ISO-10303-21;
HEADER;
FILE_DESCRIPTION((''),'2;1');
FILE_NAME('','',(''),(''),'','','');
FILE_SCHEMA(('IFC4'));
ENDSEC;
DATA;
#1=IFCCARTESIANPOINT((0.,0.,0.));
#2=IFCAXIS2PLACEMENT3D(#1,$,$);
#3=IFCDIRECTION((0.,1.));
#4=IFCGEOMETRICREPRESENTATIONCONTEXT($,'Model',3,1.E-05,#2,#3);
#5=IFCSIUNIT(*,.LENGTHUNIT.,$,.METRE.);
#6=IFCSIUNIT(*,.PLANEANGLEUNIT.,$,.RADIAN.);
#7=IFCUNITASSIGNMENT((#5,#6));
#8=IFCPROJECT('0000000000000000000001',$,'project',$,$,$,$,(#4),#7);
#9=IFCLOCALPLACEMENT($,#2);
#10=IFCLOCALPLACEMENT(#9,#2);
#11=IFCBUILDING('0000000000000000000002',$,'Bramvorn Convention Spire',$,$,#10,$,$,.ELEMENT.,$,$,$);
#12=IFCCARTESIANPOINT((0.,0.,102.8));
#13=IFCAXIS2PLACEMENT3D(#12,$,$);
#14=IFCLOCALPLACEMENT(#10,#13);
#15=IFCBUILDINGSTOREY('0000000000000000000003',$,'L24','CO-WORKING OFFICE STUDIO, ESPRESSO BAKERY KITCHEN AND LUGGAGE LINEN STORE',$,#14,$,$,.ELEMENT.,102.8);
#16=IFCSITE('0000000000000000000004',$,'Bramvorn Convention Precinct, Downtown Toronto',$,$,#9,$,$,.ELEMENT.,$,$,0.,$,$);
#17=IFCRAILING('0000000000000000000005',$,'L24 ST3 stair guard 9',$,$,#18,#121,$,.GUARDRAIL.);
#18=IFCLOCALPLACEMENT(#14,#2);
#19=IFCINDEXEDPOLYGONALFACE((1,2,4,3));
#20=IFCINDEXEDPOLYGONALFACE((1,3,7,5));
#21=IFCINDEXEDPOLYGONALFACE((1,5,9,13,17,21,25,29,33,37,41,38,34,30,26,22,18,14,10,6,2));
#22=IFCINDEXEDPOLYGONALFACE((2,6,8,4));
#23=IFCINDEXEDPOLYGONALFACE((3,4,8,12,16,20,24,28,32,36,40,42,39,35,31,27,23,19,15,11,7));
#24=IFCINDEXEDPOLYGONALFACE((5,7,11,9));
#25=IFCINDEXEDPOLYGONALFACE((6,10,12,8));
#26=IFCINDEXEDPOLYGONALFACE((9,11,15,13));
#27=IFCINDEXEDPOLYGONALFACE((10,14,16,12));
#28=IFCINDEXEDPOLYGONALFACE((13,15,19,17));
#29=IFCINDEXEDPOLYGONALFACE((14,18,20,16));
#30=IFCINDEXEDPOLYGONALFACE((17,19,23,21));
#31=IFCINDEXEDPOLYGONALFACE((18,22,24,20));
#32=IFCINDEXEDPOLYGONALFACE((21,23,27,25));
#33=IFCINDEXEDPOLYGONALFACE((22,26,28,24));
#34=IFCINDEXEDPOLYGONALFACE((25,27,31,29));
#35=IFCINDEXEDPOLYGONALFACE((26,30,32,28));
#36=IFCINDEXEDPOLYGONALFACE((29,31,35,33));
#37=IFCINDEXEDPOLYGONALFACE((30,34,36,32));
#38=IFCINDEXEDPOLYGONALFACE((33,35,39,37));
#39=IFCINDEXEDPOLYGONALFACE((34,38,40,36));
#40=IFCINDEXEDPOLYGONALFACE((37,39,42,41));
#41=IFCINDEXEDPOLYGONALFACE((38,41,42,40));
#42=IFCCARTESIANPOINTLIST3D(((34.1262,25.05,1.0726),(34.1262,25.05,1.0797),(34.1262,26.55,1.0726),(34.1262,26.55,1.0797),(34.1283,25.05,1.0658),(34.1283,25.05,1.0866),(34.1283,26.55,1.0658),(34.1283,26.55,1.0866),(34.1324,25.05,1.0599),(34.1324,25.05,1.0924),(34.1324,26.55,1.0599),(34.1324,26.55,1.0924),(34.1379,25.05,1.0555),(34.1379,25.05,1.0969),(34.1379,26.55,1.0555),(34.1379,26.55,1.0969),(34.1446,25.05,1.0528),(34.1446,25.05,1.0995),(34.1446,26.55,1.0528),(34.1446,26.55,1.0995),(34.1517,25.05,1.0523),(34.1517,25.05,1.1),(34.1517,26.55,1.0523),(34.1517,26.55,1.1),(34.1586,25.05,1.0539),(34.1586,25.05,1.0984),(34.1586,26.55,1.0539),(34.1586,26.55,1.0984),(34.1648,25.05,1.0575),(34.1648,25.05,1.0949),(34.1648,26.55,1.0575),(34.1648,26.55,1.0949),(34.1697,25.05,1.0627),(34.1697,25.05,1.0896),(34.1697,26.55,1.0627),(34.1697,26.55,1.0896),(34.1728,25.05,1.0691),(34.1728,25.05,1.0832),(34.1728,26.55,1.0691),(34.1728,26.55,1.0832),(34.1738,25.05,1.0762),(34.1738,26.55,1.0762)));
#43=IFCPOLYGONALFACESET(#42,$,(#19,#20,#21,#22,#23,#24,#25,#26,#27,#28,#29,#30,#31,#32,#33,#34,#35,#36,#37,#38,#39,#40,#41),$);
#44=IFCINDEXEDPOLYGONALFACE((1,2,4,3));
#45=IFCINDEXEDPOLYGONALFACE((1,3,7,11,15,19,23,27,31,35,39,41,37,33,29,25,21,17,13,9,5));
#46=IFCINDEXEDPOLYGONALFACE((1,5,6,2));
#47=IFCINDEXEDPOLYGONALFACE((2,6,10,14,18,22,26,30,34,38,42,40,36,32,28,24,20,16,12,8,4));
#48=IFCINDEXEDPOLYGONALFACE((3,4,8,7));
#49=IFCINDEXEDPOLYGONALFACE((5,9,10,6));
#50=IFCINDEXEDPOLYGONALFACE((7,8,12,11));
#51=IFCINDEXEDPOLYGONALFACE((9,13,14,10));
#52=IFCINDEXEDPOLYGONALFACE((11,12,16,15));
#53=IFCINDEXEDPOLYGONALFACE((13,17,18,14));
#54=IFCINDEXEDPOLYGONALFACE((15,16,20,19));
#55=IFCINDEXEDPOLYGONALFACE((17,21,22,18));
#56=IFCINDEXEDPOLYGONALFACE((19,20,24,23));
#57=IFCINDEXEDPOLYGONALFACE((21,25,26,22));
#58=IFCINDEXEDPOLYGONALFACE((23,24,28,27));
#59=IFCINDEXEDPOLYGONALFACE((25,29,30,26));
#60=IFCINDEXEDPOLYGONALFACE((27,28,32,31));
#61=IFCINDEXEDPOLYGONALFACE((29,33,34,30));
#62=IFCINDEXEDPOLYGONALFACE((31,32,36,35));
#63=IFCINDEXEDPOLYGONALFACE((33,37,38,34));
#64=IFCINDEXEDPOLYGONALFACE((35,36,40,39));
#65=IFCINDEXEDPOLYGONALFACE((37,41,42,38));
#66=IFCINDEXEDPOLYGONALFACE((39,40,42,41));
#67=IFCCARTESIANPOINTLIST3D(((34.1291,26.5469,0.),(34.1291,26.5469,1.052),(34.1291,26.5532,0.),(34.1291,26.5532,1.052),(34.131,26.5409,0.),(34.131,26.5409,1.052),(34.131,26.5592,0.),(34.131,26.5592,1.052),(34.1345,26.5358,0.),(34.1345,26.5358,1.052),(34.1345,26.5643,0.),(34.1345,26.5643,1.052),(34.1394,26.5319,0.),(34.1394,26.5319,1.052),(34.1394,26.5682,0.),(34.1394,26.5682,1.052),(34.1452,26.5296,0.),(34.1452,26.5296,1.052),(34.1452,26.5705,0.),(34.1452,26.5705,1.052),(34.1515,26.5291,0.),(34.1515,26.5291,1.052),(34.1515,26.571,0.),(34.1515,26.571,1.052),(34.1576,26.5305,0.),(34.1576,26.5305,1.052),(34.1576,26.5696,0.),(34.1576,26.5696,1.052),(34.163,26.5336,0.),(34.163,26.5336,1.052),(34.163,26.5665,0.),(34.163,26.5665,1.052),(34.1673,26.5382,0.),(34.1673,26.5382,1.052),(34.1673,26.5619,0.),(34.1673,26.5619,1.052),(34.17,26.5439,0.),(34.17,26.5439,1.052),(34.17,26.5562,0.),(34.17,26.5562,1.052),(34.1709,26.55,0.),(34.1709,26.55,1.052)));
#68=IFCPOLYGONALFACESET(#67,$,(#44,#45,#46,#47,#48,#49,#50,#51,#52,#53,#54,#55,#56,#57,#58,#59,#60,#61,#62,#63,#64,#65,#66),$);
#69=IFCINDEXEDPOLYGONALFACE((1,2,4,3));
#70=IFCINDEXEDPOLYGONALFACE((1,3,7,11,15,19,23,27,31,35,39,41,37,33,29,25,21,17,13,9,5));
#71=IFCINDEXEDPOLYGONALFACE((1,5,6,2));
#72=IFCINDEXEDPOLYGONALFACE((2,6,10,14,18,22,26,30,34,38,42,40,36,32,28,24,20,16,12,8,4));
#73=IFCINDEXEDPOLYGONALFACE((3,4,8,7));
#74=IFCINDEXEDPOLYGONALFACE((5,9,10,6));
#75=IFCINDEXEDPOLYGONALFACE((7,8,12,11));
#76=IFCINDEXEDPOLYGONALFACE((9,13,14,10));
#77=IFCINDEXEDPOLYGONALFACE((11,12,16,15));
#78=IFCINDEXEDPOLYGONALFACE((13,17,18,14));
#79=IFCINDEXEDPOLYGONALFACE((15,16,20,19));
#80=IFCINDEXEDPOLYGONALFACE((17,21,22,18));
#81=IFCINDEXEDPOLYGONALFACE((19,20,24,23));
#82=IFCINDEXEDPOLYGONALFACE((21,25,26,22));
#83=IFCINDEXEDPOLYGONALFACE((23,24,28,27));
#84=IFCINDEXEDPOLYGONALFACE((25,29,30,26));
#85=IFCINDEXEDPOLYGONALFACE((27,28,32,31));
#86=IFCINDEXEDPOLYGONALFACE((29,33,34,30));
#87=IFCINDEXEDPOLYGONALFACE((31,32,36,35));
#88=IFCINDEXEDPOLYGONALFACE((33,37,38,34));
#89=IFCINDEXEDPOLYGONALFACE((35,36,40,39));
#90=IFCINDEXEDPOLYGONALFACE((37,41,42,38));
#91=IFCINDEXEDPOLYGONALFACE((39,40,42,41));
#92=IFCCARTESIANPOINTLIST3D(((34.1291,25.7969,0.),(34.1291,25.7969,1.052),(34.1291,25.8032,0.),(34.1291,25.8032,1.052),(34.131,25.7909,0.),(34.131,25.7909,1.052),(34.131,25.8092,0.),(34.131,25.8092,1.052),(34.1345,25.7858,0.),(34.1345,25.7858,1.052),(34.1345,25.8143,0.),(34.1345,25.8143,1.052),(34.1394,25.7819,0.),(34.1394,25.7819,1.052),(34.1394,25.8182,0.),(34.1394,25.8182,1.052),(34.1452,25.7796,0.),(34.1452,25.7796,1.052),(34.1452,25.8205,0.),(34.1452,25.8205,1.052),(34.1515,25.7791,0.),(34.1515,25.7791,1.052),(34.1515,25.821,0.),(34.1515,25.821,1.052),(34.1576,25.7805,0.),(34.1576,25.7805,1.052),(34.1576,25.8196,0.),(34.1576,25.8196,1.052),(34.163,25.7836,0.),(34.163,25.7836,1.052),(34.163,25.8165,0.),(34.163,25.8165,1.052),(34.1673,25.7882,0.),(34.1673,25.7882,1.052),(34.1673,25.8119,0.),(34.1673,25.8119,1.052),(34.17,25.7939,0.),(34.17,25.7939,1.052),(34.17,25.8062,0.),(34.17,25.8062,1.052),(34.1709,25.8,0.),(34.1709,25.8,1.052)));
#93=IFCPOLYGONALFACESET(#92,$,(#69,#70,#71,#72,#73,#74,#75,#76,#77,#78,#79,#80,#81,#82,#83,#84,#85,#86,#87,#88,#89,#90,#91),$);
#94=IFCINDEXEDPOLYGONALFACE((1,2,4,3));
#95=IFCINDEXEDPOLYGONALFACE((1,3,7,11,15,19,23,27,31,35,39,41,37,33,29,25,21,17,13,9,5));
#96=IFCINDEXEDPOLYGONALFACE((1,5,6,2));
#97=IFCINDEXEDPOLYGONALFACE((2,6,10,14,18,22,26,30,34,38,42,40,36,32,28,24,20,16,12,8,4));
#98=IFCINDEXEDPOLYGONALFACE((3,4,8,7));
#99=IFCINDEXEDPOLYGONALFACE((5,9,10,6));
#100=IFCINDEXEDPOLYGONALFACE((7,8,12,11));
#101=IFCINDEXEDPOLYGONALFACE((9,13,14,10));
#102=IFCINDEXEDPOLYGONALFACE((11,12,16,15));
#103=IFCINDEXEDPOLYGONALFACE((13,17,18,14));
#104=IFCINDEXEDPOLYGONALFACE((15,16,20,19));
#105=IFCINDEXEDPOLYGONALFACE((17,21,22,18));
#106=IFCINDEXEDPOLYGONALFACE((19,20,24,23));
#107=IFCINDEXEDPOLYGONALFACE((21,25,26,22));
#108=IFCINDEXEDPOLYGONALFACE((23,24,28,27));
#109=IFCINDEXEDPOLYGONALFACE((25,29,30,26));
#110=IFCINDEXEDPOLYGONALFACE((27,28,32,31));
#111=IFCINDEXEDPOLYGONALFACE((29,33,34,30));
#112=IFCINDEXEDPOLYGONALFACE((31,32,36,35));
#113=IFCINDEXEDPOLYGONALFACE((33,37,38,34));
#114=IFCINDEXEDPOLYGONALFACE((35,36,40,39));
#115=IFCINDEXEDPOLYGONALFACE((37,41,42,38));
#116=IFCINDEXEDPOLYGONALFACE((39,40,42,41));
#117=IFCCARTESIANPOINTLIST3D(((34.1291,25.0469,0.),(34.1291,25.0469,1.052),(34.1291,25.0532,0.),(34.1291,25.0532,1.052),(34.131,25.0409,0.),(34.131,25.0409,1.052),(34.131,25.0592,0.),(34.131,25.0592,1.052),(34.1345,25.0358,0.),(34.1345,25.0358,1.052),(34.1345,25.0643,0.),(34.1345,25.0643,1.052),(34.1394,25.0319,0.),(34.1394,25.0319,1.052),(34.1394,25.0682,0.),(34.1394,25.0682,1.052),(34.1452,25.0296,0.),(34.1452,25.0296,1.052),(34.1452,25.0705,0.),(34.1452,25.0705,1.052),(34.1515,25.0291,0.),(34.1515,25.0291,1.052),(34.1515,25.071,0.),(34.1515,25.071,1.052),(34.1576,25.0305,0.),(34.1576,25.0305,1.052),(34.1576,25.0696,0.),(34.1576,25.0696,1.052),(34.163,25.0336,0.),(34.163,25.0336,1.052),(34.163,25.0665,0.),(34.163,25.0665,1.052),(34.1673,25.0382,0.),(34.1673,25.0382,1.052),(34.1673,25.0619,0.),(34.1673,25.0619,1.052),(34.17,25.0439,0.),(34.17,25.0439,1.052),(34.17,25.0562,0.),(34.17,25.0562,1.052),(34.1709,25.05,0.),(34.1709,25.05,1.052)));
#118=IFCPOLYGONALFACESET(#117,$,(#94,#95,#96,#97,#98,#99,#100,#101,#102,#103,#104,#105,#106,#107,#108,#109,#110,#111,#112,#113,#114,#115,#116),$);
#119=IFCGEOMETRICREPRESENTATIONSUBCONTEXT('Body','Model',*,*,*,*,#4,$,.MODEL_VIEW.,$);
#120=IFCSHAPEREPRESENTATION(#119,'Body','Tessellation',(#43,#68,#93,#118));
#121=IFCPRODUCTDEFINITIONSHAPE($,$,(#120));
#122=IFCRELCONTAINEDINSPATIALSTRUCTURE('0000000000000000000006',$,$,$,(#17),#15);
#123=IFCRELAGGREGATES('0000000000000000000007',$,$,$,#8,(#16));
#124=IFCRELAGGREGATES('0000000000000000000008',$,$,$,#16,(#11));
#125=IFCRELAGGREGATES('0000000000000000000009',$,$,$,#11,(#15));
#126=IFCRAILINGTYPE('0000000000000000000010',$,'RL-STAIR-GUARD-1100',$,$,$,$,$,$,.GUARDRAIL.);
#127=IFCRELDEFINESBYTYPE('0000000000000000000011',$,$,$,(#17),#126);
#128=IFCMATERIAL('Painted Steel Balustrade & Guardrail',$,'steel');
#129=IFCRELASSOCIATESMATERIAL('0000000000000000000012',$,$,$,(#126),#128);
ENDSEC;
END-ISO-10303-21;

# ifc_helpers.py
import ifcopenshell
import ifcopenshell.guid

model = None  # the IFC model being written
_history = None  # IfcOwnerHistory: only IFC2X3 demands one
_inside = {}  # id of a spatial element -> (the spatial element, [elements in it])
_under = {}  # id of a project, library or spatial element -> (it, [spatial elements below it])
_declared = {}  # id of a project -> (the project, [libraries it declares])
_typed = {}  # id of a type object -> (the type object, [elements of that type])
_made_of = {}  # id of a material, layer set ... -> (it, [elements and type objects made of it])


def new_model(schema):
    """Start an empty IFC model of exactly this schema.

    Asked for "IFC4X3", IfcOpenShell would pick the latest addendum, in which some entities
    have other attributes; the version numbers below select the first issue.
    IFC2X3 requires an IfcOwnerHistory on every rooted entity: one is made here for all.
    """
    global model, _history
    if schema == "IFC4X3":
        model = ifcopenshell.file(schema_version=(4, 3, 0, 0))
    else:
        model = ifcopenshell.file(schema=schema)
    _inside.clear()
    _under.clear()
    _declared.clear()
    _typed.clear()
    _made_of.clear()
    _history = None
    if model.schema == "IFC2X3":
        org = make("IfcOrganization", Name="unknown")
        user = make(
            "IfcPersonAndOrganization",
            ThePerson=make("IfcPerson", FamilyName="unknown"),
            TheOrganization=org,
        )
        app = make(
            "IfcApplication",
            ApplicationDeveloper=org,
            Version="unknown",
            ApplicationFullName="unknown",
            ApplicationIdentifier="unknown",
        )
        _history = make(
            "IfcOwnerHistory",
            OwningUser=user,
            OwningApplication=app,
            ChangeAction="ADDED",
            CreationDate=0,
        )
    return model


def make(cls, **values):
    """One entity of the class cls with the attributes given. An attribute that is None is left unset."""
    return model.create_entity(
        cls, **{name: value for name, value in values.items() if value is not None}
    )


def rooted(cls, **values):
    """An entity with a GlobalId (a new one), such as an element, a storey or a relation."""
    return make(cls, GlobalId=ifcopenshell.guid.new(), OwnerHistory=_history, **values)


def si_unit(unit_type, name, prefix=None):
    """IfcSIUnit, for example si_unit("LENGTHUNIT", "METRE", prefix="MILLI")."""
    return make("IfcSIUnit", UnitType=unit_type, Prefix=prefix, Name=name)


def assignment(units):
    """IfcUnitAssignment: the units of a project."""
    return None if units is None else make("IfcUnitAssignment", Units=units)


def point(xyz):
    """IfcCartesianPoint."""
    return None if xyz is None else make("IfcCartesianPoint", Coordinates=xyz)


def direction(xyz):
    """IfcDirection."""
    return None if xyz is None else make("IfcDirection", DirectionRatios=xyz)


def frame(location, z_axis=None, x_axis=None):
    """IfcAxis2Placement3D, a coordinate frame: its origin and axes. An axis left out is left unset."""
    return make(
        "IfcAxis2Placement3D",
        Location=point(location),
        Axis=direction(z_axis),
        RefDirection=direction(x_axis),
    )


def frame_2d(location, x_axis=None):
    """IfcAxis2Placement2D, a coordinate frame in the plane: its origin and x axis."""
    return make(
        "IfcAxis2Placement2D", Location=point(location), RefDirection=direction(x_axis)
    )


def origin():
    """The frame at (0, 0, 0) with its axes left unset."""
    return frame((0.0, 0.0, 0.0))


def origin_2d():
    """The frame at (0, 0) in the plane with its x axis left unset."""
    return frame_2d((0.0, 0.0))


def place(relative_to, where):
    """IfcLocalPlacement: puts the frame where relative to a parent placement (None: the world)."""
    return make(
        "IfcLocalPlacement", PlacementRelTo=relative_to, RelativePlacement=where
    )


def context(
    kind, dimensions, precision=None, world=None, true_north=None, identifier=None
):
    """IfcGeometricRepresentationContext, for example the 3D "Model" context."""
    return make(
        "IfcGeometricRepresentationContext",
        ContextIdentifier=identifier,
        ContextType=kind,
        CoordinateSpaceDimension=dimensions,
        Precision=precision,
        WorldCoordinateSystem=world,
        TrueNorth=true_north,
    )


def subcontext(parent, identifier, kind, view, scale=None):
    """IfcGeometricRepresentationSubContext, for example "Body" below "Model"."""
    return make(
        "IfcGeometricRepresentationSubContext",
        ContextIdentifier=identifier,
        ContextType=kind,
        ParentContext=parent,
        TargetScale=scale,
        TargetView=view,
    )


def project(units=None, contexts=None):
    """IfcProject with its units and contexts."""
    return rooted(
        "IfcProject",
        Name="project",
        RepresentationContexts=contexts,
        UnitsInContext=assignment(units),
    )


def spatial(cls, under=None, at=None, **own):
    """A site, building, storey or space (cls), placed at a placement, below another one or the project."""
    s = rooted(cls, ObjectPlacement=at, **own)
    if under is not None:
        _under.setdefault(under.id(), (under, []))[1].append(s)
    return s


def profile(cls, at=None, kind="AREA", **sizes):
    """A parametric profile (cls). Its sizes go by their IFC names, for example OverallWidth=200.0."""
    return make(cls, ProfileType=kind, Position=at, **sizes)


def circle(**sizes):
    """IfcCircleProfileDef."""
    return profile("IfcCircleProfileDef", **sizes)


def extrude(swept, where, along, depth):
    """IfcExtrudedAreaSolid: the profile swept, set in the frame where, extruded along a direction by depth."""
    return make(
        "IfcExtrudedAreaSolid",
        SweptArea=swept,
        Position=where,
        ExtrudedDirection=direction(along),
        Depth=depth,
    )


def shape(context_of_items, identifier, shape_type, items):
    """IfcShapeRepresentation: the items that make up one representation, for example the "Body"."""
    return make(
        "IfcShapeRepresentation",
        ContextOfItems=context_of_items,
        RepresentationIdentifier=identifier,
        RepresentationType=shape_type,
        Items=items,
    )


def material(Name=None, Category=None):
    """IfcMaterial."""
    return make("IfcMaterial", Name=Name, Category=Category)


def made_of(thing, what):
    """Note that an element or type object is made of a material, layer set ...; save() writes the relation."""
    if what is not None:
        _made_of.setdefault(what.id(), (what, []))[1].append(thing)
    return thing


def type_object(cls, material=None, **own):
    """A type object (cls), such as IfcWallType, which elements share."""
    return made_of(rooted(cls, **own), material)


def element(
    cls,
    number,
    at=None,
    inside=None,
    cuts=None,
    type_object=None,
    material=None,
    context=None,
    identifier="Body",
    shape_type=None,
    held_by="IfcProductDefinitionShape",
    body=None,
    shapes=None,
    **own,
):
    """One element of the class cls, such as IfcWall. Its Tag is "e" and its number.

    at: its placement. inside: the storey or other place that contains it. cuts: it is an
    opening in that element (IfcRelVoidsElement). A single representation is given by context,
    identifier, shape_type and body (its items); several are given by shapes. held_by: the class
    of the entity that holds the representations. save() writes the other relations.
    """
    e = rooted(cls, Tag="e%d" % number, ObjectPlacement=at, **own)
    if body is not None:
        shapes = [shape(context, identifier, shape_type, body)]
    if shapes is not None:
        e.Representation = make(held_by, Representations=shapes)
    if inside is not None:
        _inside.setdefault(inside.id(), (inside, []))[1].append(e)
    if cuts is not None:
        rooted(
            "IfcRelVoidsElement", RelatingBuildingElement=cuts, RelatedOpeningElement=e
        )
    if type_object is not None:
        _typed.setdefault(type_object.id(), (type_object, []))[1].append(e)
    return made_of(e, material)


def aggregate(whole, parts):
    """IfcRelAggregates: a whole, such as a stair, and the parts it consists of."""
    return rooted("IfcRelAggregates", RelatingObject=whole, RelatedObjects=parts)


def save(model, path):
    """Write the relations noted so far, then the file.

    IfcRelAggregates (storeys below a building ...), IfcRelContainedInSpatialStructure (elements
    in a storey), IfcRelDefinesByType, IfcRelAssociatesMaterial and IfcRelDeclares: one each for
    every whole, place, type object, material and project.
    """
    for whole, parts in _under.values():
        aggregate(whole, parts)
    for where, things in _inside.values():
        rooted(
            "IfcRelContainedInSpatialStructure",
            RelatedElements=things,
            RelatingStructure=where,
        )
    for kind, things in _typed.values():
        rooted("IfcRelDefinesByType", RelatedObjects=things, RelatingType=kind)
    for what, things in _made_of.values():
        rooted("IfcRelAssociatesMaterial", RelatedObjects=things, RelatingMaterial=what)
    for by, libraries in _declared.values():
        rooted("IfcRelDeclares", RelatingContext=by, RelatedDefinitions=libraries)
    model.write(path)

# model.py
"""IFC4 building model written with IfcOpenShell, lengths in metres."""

from ifc_helpers import new_model, si_unit, direction, frame, origin, origin_2d, place, context, subcontext, project, spatial, circle, extrude, material, type_object, element, save


model = new_model("IFC4")

# Units and contexts
model_context = context("Model", 3, precision=1e-05, world=origin(), true_north=direction((0.0, 1.0)))
body_context = subcontext(model_context, "Body", "Model", "MODEL_VIEW")
ifc_project = project(units=[si_unit("LENGTHUNIT", "METRE"), si_unit("PLANEANGLEUNIT", "RADIAN")], contexts=[model_context])

# Site, building, storey
site_placement = place(None, origin())
site = spatial("IfcSite", under=ifc_project, at=site_placement, Name="Bramvorn Convention Precinct, Downtown Toronto", CompositionType="ELEMENT", RefElevation=0.0)
building_placement = place(site_placement, origin())
building = spatial("IfcBuilding", under=site, at=building_placement, Name="Bramvorn Convention Spire", CompositionType="ELEMENT")
storey_placement = place(building_placement, frame((0.0, 0.0, 102.8)))
storey = spatial("IfcBuildingStorey", under=building, at=storey_placement, Name="L24", Description="CO-WORKING OFFICE STUDIO, ESPRESSO BAKERY KITCHEN AND LUGGAGE LINEN STORE", CompositionType="ELEMENT", Elevation=102.8)

# Railing
ifc_material_1 = material(Name="Painted Steel Balustrade & Guardrail", Category="steel")
railing_type_1 = type_object("IfcRailingType", Name="RL-STAIR-GUARD-1100", PredefinedType="GUARDRAIL", material=ifc_material_1)
for number, where, name in (
    (1, (34.1499, 26.55, 0.0), "L24 ST3 stair guard 9"),
):
    element("IfcRailing", number, at=place(storey_placement, frame(where)), inside=storey, type_object=railing_type_1, Name=name, PredefinedType="GUARDRAIL", context=body_context, shape_type="SweptSolid", body=[
        extrude(circle(Radius=0.0239, at=origin_2d()), frame((0.0, 0.0, 1.0762), z_axis=(0.0, -1.0, 0.0), x_axis=(1.0, 0.0, 0.0)), (0.0, 0.0, 1.0), 1.5),
        extrude(circle(Radius=0.021, at=origin_2d()), origin(), (0.0, 0.0, 1.0), 1.052),
        extrude(circle(Radius=0.021, at=origin_2d()), frame((0.0, -0.75, 0.0)), (0.0, 0.0, 1.0), 1.052),
        extrude(circle(Radius=0.021, at=origin_2d()), frame((0.0, -1.5, 0.0)), (0.0, 0.0, 1.0), 1.052),
    ])

save(model, "model.ifc")
